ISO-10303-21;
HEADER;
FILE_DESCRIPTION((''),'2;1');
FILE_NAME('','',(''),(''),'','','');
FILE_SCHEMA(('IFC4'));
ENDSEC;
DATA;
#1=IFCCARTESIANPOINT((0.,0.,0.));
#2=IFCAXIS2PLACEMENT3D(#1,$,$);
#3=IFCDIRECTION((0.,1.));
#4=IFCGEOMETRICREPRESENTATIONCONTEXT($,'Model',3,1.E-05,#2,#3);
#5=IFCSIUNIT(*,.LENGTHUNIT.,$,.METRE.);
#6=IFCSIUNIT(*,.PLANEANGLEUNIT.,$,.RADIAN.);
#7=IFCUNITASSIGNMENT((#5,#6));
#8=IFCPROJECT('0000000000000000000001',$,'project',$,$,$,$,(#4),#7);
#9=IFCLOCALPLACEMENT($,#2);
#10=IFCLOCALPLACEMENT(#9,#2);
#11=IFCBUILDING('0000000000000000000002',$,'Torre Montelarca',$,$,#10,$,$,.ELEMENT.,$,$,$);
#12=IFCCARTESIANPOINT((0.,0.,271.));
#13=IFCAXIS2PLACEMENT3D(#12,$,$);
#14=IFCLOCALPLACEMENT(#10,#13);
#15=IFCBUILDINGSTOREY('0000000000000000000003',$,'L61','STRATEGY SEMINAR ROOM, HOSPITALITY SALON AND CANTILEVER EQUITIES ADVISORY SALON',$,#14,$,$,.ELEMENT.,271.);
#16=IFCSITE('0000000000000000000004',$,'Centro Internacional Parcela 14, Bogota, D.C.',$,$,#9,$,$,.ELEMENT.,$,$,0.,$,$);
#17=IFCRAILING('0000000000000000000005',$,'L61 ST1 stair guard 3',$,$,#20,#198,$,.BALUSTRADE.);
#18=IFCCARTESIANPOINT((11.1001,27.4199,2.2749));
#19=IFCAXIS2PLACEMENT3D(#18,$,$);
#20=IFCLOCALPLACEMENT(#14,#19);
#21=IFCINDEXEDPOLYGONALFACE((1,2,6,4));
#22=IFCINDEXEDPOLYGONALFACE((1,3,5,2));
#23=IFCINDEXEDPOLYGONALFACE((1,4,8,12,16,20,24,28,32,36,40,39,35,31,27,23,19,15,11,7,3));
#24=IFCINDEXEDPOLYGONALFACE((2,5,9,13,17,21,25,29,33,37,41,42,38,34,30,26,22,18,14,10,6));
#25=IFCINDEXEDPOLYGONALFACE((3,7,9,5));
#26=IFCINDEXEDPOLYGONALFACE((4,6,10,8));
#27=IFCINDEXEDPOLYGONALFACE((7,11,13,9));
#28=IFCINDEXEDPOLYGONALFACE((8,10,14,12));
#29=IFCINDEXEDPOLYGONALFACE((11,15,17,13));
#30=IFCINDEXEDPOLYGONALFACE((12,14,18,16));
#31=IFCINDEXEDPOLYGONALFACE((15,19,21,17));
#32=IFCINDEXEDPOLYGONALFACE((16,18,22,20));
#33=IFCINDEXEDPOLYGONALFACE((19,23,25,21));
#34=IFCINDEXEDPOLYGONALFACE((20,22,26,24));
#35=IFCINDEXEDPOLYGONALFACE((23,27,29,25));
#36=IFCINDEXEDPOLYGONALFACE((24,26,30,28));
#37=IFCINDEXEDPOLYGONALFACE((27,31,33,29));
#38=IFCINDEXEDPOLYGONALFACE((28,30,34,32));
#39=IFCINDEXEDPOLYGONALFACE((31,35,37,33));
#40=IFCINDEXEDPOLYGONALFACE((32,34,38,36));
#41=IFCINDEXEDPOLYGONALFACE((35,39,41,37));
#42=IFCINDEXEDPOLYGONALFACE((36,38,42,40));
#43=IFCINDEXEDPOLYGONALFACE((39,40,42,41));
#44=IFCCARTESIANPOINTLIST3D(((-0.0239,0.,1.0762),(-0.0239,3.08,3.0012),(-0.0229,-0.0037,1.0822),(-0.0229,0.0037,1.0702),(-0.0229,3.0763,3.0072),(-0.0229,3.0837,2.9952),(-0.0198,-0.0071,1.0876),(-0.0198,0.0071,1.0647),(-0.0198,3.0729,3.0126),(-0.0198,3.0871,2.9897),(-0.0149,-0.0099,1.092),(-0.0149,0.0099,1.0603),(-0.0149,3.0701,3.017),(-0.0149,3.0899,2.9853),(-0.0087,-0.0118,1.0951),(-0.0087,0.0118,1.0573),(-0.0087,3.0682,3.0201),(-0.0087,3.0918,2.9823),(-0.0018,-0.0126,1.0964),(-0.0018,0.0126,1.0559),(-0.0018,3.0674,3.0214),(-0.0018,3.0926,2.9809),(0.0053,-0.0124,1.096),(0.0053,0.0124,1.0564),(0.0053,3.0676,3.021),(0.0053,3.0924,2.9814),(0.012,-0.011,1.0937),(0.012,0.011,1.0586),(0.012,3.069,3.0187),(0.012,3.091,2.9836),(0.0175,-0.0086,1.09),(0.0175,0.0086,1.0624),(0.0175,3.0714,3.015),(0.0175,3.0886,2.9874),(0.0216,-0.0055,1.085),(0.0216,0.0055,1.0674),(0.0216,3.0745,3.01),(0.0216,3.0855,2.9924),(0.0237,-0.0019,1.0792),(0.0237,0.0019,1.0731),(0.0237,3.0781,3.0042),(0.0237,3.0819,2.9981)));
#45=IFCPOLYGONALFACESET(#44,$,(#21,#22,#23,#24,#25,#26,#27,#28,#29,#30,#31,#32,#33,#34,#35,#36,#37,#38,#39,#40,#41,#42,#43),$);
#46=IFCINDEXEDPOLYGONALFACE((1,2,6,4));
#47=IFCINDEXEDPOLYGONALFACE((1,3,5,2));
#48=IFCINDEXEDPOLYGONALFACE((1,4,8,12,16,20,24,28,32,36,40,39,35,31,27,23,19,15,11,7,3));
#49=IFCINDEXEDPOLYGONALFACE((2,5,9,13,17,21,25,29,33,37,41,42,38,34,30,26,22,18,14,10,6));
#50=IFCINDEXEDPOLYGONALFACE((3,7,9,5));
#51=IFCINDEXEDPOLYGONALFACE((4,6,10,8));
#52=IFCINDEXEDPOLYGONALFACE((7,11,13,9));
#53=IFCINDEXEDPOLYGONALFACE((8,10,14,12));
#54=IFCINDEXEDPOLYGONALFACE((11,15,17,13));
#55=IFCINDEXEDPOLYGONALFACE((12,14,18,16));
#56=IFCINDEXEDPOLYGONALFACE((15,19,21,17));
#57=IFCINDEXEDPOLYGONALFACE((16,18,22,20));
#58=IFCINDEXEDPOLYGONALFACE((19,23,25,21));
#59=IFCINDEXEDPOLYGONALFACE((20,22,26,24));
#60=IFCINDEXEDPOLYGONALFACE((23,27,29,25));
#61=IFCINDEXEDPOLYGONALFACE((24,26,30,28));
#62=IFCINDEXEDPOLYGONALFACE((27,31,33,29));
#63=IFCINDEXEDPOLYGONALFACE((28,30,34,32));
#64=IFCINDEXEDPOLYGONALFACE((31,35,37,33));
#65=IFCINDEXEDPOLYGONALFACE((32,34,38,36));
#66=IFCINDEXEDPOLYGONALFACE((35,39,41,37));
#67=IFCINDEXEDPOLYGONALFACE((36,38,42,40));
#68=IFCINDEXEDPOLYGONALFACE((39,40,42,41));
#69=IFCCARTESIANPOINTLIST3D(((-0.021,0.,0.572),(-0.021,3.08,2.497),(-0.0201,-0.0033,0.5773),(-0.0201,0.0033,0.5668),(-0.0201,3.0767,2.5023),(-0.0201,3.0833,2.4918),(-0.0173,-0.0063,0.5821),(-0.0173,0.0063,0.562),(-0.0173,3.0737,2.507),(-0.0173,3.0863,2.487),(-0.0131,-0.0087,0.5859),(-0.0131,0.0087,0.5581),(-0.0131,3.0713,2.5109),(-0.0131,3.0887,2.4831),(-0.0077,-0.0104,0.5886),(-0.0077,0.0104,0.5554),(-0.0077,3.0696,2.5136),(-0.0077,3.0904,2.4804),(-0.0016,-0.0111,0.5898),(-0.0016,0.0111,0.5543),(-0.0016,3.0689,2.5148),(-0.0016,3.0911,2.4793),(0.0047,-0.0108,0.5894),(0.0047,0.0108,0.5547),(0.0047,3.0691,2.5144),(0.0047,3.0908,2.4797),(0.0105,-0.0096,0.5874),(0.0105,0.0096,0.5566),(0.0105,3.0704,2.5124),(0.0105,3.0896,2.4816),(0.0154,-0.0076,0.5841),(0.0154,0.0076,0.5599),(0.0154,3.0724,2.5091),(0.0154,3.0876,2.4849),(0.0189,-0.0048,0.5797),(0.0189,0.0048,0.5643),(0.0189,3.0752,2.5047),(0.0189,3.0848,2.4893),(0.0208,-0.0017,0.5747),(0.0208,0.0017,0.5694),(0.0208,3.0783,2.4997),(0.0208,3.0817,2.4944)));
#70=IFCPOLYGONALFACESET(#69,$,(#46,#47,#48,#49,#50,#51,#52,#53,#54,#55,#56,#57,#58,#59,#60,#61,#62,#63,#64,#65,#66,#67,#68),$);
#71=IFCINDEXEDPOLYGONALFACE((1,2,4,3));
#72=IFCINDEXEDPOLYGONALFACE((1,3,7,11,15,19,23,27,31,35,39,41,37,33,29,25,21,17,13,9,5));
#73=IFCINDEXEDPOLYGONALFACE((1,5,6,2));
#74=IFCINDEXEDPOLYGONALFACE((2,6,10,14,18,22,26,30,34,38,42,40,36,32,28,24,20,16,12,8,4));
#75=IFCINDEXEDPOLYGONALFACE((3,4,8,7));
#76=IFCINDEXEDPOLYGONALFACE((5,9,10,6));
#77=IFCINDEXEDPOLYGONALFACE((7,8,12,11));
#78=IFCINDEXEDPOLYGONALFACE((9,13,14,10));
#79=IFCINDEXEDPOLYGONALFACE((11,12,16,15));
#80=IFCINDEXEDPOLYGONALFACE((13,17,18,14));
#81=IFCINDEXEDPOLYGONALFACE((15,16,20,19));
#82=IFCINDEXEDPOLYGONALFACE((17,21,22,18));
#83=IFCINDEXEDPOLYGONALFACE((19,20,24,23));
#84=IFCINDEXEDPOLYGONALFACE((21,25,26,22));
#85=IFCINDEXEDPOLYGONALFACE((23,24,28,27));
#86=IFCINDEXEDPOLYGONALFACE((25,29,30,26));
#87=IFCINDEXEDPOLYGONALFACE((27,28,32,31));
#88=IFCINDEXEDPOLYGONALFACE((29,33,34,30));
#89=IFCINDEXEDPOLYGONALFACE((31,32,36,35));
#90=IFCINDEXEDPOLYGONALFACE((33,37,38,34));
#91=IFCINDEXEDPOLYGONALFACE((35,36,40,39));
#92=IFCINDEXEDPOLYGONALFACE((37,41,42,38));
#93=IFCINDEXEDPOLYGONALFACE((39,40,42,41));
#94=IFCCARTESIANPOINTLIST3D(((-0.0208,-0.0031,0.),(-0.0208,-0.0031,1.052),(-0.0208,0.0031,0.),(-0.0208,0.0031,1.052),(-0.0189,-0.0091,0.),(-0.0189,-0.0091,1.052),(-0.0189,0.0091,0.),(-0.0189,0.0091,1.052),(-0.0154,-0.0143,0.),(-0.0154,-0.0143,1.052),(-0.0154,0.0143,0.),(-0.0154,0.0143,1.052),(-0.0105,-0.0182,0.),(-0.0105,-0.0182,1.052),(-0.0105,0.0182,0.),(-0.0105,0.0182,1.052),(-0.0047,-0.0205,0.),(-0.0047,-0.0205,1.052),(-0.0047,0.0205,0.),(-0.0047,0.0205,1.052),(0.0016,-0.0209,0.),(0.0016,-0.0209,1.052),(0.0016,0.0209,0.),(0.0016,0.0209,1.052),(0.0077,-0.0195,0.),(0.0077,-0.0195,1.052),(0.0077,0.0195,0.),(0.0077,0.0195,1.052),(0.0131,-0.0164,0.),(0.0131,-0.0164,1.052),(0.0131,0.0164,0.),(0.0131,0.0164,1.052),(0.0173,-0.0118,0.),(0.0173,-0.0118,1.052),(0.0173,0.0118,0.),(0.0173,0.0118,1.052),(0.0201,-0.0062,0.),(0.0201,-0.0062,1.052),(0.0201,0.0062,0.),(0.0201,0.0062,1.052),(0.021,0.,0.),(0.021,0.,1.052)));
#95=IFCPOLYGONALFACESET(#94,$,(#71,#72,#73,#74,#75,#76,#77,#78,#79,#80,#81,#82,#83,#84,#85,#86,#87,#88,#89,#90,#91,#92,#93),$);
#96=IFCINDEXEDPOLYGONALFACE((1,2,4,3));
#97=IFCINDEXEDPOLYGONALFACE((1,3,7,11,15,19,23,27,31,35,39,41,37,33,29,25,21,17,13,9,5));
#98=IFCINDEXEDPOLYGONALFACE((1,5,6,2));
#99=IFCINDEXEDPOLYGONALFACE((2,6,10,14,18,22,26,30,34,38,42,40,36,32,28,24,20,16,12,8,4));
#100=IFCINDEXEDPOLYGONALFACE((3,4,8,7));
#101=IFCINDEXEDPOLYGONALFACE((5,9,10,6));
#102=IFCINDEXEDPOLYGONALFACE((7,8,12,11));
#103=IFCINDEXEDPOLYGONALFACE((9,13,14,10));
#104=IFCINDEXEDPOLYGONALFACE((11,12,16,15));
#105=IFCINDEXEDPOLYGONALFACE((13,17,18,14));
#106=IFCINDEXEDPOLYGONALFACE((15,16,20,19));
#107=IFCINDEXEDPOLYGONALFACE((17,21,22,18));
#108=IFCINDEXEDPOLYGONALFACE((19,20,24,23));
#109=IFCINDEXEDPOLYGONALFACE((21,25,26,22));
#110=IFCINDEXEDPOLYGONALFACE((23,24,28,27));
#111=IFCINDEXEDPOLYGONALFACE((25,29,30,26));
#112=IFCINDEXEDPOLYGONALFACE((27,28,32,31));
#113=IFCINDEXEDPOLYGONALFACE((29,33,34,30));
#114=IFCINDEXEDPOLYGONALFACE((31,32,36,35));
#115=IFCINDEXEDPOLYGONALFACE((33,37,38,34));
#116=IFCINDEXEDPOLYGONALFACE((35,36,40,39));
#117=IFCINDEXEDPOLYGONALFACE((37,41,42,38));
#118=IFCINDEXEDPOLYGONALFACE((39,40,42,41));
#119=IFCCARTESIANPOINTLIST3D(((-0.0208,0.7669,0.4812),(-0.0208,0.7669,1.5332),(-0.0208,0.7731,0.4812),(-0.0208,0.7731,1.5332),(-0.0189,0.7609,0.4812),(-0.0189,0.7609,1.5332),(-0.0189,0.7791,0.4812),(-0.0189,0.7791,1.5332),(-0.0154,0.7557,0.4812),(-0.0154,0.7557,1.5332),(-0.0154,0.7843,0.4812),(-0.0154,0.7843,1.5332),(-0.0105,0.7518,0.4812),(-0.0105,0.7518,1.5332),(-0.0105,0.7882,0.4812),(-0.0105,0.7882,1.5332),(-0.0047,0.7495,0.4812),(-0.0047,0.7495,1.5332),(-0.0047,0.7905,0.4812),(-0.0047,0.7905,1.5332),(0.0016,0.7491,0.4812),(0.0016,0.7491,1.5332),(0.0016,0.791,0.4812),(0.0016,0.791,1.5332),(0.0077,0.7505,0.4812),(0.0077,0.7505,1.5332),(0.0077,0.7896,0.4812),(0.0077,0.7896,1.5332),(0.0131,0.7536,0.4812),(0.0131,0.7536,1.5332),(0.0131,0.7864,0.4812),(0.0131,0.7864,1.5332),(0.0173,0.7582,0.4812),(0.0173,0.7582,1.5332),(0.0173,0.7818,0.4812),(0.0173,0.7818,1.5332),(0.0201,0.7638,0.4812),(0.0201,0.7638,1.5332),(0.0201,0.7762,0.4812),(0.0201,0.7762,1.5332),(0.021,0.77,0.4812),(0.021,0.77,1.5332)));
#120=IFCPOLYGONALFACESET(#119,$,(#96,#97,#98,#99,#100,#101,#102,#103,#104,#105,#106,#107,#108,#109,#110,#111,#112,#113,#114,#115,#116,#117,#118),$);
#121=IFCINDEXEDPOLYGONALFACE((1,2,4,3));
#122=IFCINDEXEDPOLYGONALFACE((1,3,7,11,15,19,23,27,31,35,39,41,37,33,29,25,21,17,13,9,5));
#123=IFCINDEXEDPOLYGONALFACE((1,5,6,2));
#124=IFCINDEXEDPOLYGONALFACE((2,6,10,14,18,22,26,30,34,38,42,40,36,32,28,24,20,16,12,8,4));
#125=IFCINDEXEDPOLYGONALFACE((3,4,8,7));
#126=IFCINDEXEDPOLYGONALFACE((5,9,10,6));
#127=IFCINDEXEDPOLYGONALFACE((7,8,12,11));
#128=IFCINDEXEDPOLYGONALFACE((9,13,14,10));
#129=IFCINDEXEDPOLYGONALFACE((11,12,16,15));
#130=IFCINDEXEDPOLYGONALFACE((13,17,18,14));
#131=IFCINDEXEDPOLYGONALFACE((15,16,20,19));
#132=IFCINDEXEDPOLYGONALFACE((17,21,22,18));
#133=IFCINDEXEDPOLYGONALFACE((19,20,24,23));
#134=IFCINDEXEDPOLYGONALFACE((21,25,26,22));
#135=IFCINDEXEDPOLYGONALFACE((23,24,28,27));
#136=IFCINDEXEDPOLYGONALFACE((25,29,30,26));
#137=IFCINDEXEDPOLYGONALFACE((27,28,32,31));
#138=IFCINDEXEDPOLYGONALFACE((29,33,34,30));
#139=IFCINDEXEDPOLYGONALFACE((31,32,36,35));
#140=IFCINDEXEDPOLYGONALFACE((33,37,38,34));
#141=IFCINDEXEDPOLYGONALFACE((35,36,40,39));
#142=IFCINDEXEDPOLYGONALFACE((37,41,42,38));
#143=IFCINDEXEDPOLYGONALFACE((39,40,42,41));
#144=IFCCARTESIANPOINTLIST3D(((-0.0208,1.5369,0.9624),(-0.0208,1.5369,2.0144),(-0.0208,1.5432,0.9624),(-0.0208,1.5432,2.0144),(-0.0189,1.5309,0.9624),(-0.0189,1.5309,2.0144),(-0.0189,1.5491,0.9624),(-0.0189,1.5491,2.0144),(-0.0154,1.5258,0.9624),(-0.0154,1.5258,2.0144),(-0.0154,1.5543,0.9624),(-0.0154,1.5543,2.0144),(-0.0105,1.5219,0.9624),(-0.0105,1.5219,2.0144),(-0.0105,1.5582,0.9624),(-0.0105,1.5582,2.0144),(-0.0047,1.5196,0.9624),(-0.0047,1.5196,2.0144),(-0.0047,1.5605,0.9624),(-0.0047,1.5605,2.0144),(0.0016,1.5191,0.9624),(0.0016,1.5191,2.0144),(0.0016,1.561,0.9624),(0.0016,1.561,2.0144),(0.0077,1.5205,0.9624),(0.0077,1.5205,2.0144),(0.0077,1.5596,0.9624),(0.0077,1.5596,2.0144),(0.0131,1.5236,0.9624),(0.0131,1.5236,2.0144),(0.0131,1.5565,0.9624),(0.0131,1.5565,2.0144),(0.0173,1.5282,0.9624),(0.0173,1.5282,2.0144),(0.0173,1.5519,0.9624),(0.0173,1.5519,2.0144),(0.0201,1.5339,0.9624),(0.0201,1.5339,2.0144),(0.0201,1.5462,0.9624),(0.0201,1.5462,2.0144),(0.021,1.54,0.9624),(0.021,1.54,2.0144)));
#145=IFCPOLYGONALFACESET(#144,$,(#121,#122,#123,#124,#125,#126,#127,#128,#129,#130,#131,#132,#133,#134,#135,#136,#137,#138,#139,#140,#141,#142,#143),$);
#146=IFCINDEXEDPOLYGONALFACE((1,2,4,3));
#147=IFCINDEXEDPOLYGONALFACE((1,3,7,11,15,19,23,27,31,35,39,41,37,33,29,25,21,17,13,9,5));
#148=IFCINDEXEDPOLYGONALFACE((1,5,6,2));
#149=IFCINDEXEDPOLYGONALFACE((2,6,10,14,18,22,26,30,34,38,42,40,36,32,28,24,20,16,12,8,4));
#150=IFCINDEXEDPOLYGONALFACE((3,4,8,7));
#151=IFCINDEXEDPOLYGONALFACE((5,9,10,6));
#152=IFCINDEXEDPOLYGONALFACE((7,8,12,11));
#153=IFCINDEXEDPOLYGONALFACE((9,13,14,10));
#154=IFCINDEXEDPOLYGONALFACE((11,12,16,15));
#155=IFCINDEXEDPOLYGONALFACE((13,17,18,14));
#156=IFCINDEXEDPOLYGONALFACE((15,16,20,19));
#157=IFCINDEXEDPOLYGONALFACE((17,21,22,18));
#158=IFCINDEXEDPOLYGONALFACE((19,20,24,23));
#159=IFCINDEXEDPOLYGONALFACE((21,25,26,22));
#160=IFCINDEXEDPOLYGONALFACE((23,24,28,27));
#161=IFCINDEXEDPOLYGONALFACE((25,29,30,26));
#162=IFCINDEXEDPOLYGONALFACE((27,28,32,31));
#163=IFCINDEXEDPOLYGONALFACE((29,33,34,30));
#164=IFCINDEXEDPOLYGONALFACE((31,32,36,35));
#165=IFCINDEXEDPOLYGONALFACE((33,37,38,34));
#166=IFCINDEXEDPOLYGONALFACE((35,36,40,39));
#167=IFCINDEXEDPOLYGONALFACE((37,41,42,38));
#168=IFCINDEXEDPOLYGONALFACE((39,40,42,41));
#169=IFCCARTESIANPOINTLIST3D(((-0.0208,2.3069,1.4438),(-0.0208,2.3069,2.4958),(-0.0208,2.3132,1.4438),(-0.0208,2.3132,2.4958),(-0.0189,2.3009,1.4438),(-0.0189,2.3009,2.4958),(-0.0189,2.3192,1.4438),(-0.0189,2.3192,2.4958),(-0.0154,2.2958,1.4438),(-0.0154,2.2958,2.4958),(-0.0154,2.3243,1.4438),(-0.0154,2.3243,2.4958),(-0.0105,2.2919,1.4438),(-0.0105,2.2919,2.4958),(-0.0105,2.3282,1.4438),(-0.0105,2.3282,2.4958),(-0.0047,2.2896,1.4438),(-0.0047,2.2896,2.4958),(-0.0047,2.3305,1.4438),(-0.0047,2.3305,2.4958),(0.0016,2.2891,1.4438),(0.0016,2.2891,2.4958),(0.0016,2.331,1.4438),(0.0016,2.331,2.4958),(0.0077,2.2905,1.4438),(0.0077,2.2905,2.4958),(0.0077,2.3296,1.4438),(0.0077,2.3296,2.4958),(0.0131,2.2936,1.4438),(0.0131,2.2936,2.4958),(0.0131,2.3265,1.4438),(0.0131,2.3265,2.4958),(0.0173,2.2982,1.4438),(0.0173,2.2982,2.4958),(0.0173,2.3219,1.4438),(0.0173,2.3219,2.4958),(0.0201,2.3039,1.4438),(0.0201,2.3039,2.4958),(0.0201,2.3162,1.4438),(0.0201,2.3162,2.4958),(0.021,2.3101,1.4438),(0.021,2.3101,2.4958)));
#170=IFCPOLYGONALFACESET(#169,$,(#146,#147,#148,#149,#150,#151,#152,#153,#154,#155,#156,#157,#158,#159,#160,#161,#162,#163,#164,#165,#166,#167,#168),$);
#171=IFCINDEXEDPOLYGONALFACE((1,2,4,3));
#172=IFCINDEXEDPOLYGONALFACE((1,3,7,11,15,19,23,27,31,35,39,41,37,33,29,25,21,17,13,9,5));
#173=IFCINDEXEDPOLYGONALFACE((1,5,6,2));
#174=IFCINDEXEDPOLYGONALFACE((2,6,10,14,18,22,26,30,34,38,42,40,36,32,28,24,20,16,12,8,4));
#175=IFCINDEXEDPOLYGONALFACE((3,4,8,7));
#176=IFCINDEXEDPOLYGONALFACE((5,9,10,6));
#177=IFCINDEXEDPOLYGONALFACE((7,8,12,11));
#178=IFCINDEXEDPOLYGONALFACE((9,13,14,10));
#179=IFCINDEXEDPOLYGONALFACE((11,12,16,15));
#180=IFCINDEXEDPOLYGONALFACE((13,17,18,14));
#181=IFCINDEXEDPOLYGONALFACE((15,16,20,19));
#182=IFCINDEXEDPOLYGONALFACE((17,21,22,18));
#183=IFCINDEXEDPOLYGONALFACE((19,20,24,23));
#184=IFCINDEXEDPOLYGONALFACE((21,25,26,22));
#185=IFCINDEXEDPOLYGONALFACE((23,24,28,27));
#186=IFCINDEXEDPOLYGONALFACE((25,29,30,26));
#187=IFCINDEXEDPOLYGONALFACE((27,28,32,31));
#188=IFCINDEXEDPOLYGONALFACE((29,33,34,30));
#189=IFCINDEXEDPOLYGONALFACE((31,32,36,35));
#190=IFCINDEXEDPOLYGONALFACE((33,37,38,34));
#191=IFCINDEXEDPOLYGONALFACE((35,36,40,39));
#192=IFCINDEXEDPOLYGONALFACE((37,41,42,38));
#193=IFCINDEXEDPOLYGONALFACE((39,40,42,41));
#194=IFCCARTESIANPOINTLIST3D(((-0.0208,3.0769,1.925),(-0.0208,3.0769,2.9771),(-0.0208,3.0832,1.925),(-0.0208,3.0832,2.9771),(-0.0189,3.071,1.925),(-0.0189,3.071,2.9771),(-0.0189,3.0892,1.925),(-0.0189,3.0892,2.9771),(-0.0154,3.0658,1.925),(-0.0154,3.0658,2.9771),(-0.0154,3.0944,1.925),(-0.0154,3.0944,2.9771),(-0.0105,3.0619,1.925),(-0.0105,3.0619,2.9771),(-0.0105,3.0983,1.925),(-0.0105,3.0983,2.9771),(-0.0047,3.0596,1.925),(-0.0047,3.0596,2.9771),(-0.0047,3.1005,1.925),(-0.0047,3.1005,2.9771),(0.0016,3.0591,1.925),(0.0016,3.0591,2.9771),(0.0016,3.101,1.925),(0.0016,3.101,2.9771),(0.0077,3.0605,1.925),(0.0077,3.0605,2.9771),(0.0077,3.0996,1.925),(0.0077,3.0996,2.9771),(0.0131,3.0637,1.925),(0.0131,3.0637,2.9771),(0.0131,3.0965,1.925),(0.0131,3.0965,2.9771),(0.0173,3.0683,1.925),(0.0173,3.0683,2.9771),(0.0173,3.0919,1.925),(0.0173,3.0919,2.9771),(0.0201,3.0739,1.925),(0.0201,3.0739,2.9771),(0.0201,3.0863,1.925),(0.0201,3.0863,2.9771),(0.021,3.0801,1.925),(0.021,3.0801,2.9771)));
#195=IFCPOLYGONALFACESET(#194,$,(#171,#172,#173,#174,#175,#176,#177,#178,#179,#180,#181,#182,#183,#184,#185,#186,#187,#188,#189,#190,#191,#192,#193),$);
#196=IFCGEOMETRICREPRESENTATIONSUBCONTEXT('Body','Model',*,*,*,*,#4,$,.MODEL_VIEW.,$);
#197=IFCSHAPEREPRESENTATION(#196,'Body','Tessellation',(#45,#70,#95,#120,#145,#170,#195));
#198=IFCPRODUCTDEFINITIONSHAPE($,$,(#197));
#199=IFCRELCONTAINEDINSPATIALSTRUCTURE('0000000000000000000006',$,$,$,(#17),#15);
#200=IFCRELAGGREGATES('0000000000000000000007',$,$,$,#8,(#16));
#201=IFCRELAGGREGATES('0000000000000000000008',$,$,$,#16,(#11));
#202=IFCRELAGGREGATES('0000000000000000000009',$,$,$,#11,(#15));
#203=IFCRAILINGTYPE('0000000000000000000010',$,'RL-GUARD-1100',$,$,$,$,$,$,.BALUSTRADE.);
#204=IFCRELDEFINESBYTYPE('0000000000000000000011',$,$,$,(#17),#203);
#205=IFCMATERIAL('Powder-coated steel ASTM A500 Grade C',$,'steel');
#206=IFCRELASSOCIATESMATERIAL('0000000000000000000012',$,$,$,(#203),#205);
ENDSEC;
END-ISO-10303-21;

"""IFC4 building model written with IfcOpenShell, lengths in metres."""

from ifc_helpers import new_model, si_unit, direction, frame, origin, origin_2d, place, context, subcontext, project, spatial, circle, extrude, material, type_object, element, save


model = new_model("IFC4")

# Units and contexts
model_context = context("Model", 3, precision=1e-05, world=origin(), true_north=direction((0.0, 1.0)))
body_context = subcontext(model_context, "Body", "Model", "MODEL_VIEW")
ifc_project = project(units=[si_unit("LENGTHUNIT", "METRE"), si_unit("PLANEANGLEUNIT", "RADIAN")], contexts=[model_context])

# Site, building, storey
site_placement = place(None, origin())
site = spatial("IfcSite", under=ifc_project, at=site_placement, Name="Centro Internacional Parcela 14, Bogota, D.C.", CompositionType="ELEMENT", RefElevation=0.0)
building_placement = place(site_placement, origin())
building = spatial("IfcBuilding", under=site, at=building_placement, Name="Torre Montelarca", CompositionType="ELEMENT")
storey_placement = place(building_placement, frame((0.0, 0.0, 271.0)))
storey = spatial("IfcBuildingStorey", under=building, at=storey_placement, Name="L61", Description="STRATEGY SEMINAR ROOM, HOSPITALITY SALON AND CANTILEVER EQUITIES ADVISORY SALON", CompositionType="ELEMENT", Elevation=271.0)

# Railing
ifc_material_1 = material(Name="Powder-coated steel ASTM A500 Grade C", Category="steel")
railing_type_1 = type_object("IfcRailingType", Name="RL-GUARD-1100", PredefinedType="BALUSTRADE", material=ifc_material_1)
railing_1_placement = place(storey_placement, frame((11.1001, 27.4199, 2.2749)))
element("IfcRailing", 1, at=railing_1_placement, inside=storey, type_object=railing_type_1, Name="L61 ST1 stair guard 3", PredefinedType="BALUSTRADE", context=body_context, shape_type="SweptSolid", body=[
    extrude(circle(Radius=0.0239, at=origin_2d()), frame((0.0, 0.0, 1.0762), z_axis=(0.0, 0.847998, 0.529999), x_axis=(-1.0, 0.0, 0.0)), (0.0, 0.0, 1.0), 3.6321),
    extrude(circle(Radius=0.021, at=origin_2d()), frame((0.0, 0.0, 0.572), z_axis=(0.0, 0.847998, 0.529999), x_axis=(-1.0, 0.0, 0.0)), (0.0, 0.0, 1.0), 3.6321),
    extrude(circle(Radius=0.021, at=origin_2d()), origin(), (0.0, 0.0, 1.0), 1.052),
    extrude(circle(Radius=0.021, at=origin_2d()), frame((0.0, 0.77, 0.4812)), (0.0, 0.0, 1.0), 1.052),
    extrude(circle(Radius=0.021, at=origin_2d()), frame((0.0, 1.54, 0.9624)), (0.0, 0.0, 1.0), 1.052),
    extrude(circle(Radius=0.021, at=origin_2d()), frame((0.0, 2.3101, 1.4438)), (0.0, 0.0, 1.0), 1.052),
    extrude(circle(Radius=0.021, at=origin_2d()), frame((0.0, 3.0801, 1.925)), (0.0, 0.0, 1.0), 1.052),
])

save(model, "model.ifc")
